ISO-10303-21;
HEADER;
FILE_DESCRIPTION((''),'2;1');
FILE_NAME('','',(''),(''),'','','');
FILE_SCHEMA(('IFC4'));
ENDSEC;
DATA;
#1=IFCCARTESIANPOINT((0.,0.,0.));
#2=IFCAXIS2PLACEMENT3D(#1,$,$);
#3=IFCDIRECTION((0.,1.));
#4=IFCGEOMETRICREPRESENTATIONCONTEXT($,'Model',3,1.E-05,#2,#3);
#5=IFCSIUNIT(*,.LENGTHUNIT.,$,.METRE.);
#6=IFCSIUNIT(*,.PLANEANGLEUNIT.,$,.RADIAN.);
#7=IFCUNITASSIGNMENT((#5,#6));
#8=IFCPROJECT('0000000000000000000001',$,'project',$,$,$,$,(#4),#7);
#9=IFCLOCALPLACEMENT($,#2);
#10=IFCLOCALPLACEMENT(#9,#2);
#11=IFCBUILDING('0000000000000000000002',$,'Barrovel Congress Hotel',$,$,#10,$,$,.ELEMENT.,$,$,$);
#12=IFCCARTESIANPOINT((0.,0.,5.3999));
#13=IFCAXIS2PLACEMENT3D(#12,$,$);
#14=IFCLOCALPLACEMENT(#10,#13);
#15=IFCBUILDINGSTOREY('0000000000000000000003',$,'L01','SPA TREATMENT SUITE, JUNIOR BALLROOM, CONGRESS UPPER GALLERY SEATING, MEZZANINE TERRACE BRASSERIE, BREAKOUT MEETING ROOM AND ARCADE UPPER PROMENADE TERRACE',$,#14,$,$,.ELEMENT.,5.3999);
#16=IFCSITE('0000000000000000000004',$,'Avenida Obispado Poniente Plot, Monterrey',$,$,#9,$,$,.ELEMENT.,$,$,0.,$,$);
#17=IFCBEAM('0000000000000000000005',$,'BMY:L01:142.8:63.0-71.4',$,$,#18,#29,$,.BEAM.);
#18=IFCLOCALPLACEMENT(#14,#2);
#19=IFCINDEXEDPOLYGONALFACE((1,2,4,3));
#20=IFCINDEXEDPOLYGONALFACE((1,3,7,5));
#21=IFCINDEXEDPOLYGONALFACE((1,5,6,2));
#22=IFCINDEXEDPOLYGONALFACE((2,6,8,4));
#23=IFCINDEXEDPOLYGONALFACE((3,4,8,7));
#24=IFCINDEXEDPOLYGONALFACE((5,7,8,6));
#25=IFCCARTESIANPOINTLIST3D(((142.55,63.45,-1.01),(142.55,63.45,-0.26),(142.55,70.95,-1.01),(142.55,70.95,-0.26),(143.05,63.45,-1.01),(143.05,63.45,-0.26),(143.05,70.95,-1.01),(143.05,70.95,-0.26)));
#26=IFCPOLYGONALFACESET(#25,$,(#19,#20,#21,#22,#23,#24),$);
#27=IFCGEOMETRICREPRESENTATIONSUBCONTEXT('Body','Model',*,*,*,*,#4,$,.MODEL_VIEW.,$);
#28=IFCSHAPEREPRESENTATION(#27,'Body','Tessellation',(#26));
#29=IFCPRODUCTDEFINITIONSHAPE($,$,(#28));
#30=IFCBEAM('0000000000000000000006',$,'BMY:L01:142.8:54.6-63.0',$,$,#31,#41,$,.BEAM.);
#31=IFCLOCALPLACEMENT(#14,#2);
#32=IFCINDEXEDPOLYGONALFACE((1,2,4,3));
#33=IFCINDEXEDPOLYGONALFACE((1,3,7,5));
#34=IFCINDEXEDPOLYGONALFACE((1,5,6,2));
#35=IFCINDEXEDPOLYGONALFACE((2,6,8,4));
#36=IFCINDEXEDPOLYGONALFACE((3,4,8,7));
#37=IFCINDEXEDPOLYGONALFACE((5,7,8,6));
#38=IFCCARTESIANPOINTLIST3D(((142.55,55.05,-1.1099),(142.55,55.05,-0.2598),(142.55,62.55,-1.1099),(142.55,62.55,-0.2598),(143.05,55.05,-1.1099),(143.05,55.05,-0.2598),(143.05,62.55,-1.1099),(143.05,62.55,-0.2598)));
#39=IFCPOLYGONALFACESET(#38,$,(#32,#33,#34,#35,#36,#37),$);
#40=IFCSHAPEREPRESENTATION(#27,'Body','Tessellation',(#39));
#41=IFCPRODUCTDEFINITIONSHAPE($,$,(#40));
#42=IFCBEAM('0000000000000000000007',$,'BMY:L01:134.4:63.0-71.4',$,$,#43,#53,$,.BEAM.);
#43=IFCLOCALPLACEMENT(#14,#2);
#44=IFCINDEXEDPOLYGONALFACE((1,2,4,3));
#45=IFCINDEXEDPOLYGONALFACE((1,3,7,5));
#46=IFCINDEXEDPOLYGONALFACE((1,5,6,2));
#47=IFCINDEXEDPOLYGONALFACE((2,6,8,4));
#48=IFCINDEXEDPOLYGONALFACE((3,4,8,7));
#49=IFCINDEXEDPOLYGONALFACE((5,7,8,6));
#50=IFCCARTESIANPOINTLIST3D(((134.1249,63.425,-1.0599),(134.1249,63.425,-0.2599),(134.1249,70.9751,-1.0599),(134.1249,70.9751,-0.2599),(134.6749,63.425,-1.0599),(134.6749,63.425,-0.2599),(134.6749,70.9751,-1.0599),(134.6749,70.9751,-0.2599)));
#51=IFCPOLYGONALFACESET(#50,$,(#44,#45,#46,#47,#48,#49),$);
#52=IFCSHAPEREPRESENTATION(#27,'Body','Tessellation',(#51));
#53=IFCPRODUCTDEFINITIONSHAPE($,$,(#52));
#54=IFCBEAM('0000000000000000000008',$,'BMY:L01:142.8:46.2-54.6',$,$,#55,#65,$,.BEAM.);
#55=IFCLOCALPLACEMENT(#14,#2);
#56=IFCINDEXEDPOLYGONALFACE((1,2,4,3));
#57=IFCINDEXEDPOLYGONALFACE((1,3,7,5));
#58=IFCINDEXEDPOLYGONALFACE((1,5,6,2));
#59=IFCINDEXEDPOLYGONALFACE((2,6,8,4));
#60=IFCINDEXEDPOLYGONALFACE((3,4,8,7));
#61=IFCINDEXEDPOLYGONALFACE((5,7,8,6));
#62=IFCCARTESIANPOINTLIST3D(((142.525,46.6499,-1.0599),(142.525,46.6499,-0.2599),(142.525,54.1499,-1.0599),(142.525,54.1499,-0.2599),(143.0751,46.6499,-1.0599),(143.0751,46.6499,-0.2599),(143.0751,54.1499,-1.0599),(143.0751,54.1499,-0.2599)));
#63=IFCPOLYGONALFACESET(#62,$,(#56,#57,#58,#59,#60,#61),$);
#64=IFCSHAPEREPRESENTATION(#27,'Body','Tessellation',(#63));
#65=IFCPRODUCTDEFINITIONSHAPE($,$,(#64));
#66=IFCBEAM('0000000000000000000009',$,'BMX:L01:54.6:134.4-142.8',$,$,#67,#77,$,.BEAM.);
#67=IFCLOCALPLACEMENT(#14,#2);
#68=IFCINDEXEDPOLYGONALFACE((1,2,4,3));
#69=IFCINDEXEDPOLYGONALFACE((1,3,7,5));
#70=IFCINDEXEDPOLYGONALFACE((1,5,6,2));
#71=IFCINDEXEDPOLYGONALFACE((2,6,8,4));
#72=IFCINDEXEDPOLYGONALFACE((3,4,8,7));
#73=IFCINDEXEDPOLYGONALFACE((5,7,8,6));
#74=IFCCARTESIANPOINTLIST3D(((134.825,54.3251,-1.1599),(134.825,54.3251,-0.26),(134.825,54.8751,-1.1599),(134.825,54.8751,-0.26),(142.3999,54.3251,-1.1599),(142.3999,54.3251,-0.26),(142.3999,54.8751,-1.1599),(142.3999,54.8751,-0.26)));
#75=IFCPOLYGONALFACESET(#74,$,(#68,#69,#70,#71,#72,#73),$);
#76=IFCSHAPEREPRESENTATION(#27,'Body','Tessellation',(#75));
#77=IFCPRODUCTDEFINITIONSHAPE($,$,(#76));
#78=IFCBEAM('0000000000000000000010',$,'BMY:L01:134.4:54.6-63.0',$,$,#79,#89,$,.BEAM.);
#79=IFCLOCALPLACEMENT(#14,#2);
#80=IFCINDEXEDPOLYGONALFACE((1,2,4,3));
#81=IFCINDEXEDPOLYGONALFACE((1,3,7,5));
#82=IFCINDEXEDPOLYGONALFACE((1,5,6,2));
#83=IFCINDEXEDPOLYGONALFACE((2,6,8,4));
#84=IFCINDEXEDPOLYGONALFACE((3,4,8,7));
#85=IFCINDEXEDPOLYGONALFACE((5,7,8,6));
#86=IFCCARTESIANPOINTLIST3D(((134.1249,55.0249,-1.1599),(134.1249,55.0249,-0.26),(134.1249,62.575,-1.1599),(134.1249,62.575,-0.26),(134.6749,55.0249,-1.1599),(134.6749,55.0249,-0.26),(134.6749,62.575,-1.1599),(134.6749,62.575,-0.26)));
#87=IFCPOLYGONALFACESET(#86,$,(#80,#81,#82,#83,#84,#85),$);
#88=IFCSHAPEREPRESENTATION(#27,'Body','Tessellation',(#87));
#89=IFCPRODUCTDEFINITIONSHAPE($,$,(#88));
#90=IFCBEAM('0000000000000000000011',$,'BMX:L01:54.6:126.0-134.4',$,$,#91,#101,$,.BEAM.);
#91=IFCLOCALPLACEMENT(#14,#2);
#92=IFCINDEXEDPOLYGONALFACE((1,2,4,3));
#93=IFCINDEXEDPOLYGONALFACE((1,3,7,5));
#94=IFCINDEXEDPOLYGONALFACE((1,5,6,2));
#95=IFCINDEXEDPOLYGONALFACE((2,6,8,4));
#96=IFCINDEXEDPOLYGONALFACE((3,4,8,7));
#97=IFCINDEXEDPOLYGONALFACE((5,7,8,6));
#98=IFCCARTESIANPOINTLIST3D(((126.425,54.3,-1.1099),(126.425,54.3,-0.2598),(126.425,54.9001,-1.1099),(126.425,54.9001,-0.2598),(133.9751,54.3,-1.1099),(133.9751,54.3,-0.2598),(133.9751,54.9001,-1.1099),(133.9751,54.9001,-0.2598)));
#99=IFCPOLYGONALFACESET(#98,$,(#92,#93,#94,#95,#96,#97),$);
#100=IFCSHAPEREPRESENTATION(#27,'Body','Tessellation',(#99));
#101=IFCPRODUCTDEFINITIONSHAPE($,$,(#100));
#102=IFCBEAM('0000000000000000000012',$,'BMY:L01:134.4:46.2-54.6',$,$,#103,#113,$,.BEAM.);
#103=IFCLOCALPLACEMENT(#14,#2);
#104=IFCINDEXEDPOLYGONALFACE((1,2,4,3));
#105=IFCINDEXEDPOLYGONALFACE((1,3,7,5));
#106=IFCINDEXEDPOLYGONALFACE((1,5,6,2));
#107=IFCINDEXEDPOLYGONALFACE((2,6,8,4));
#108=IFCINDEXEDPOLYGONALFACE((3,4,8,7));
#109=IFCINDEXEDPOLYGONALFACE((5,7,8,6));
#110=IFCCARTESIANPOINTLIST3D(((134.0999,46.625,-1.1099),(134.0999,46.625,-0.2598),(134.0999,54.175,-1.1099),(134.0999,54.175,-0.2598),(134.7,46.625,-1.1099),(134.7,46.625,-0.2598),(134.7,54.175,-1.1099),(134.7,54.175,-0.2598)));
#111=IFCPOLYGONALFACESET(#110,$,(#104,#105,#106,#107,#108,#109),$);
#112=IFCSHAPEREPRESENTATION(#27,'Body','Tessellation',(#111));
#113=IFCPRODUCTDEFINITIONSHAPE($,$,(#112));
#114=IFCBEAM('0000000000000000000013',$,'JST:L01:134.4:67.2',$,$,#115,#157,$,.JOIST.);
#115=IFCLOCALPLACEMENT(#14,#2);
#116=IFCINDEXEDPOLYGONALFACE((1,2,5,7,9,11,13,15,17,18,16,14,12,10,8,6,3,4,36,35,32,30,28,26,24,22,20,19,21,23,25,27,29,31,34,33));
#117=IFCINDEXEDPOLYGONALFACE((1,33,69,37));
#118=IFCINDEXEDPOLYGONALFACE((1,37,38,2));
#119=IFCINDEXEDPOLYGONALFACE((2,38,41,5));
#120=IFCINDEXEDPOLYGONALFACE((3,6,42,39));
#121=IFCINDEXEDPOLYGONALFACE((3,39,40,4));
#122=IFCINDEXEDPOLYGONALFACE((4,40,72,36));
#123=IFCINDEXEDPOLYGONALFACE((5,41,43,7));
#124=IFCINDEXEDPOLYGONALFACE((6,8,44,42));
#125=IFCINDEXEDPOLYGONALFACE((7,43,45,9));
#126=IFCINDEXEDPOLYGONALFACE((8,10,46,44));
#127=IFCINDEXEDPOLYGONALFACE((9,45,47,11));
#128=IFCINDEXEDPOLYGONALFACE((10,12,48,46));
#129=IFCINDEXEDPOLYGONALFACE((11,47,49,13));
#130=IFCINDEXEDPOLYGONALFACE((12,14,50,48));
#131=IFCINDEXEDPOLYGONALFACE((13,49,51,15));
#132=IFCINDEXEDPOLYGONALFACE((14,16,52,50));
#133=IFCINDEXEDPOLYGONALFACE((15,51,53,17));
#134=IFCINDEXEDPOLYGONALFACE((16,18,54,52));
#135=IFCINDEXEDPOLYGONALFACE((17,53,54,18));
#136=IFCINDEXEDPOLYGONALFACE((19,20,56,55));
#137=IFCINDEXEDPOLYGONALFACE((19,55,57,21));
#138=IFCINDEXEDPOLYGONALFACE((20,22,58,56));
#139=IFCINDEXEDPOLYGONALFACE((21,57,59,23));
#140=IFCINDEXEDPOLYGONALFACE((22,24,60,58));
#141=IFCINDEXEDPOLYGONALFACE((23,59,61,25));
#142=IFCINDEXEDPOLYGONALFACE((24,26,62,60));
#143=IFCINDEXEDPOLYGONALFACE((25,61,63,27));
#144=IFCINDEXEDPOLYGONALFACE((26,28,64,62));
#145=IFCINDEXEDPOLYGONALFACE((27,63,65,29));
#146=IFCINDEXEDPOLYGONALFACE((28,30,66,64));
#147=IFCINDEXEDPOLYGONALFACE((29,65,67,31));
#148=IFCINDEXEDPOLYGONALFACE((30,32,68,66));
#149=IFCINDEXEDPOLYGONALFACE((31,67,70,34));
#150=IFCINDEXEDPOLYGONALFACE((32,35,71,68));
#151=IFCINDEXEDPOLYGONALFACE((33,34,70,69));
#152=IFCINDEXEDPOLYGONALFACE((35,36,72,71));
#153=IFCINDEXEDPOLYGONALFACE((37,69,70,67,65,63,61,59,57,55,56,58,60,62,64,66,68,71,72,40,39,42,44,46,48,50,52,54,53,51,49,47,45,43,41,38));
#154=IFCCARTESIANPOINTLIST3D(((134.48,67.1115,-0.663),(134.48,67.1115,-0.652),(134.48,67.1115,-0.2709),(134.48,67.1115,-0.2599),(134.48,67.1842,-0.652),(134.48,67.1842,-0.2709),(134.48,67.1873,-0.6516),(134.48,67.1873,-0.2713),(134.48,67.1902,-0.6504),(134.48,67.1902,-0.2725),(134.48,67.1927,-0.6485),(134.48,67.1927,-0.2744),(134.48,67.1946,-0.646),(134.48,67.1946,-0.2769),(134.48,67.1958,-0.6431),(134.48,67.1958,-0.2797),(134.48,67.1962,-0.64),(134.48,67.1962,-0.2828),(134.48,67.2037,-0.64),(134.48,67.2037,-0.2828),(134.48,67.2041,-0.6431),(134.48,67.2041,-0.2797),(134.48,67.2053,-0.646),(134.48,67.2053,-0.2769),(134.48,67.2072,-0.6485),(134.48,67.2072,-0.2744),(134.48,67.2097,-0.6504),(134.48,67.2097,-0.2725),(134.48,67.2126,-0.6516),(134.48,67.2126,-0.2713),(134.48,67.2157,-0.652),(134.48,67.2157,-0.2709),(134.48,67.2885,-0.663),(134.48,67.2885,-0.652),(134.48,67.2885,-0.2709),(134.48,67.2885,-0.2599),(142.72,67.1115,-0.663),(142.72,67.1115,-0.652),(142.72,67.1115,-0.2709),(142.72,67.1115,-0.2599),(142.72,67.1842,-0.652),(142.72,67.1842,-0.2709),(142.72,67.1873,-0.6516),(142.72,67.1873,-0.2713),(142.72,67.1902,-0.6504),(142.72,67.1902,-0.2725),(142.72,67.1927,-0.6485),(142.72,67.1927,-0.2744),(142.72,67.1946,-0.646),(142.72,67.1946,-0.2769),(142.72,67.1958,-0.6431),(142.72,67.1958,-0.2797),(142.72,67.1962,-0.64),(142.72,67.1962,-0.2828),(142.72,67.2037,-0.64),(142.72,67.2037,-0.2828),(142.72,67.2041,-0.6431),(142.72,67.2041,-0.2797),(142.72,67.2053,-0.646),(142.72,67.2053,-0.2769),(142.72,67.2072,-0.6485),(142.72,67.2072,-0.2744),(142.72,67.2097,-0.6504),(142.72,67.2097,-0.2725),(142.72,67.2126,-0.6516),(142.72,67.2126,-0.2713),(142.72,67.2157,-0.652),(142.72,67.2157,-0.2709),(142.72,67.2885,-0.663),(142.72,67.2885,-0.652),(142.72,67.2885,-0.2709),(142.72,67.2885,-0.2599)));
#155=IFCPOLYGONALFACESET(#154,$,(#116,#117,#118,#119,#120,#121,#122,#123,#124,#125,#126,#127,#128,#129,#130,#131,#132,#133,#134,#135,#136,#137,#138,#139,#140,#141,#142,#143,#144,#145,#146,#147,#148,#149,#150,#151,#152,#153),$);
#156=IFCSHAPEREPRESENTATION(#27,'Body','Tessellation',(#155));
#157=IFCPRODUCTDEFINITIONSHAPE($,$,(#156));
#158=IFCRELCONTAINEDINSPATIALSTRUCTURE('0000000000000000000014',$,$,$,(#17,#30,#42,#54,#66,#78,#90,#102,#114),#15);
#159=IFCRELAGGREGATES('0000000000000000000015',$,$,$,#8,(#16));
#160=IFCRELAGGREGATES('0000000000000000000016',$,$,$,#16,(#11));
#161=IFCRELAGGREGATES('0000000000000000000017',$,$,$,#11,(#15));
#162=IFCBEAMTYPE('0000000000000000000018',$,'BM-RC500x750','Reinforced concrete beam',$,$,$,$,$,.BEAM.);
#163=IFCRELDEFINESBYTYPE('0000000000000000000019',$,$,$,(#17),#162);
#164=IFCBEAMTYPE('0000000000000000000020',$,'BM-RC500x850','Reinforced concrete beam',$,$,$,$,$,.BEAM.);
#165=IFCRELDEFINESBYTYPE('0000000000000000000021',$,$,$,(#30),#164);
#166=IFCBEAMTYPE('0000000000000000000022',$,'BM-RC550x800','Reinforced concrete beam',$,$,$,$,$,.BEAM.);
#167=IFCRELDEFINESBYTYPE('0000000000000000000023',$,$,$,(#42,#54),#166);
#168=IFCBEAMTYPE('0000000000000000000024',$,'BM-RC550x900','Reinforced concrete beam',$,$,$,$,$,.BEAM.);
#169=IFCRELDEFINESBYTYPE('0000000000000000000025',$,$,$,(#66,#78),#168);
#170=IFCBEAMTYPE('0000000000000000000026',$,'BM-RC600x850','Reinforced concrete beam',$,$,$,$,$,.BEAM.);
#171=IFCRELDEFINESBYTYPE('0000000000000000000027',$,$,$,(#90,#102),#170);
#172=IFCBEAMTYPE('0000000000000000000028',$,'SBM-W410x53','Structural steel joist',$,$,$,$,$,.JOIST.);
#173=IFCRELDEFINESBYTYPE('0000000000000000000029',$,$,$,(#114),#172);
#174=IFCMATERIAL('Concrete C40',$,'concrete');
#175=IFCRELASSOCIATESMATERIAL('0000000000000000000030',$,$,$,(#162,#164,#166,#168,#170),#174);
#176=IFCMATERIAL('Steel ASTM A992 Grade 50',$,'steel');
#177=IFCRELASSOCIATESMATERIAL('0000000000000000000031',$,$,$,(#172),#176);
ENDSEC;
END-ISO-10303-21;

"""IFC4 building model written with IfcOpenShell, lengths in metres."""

from ifc_helpers import new_model, si_unit, direction, frame, origin, origin_2d, place, context, subcontext, project, spatial, rectangle, i_section, extrude, material, material_profile, profile_set, type_object, element, save


model = new_model("IFC4")

# Units and contexts
model_context = context("Model", 3, precision=1e-05, world=origin(), true_north=direction((0.0, 1.0)))
body_context = subcontext(model_context, "Body", "Model", "MODEL_VIEW")
ifc_project = project(units=[si_unit("LENGTHUNIT", "METRE"), si_unit("PLANEANGLEUNIT", "RADIAN")], contexts=[model_context])

# Site, building, storey
site_placement = place(None, origin())
site = spatial("IfcSite", under=ifc_project, at=site_placement, Name="Avenida Obispado Poniente Plot, Monterrey", CompositionType="ELEMENT", RefElevation=0.0)
building_placement = place(site_placement, origin())
building = spatial("IfcBuilding", under=site, at=building_placement, Name="Barrovel Congress Hotel", CompositionType="ELEMENT")
storey_placement = place(building_placement, frame((0.0, 0.0, 5.3999)))
storey = spatial("IfcBuildingStorey", under=building, at=storey_placement, Name="L01", Description="SPA TREATMENT SUITE, JUNIOR BALLROOM, CONGRESS UPPER GALLERY SEATING, MEZZANINE TERRACE BRASSERIE, BREAKOUT MEETING ROOM AND ARCADE UPPER PROMENADE TERRACE", CompositionType="ELEMENT", Elevation=5.3999)

# Shared definitions
ifc_material_1 = material(Name="Concrete C40", Category="concrete")

# Beams
ifc_material_profile_1 = material_profile(ifc_material_1, rectangle(XDim=0.5, YDim=0.75, at=origin_2d()), Name="RC500x750")
ifc_profile_set_1 = profile_set([ifc_material_profile_1], Name="Concrete C40")
beam_type_1 = type_object("IfcBeamType", Name="BM-RC500x750", Description="Reinforced concrete beam", PredefinedType="BEAM", material=ifc_profile_set_1)
beam_1_placement = place(storey_placement, frame((142.8, 63.45, -0.635), z_axis=(0.0, 1.0, 0.0), x_axis=(-1.0, 0.0, 0.0)))
element("IfcBeam", 1, at=beam_1_placement, inside=storey, type_object=beam_type_1, Name="BMY:L01:142.8:63.0-71.4", PredefinedType="BEAM", context=body_context, shape_type="SweptSolid", body=[
    extrude(rectangle(XDim=0.5, YDim=0.75, at=origin_2d()), origin(), (0.0, 0.0, 1.0), 7.5),
])
ifc_material_profile_2 = material_profile(ifc_material_1, rectangle(XDim=0.5, YDim=0.8501, at=origin_2d()), Name="RC500x850")
ifc_profile_set_2 = profile_set([ifc_material_profile_2], Name="Concrete C40")
beam_type_2 = type_object("IfcBeamType", Name="BM-RC500x850", Description="Reinforced concrete beam", PredefinedType="BEAM", material=ifc_profile_set_2)
beam_2_placement = place(storey_placement, frame((142.8, 55.05, -0.6848), z_axis=(0.0, 1.0, 0.0), x_axis=(-1.0, 0.0, 0.0)))
element("IfcBeam", 2, at=beam_2_placement, inside=storey, type_object=beam_type_2, Name="BMY:L01:142.8:54.6-63.0", PredefinedType="BEAM", context=body_context, shape_type="SweptSolid", body=[
    extrude(rectangle(XDim=0.5, YDim=0.8501, at=origin_2d()), origin(), (0.0, 0.0, 1.0), 7.5),
])
ifc_material_profile_3 = material_profile(ifc_material_1, rectangle(XDim=0.55, YDim=0.8, at=origin_2d()), Name="RC550x800")
ifc_profile_set_3 = profile_set([ifc_material_profile_3], Name="Concrete C40")
beam_type_3 = type_object("IfcBeamType", Name="BM-RC550x800", Description="Reinforced concrete beam", PredefinedType="BEAM", material=ifc_profile_set_3)
beam_3_placement = place(storey_placement, frame((134.3999, 63.425, -0.6599), z_axis=(0.0, 1.0, 0.0), x_axis=(-1.0, 0.0, 0.0)))
element("IfcBeam", 3, at=beam_3_placement, inside=storey, type_object=beam_type_3, Name="BMY:L01:134.4:63.0-71.4", PredefinedType="BEAM", context=body_context, shape_type="SweptSolid", body=[
    extrude(rectangle(XDim=0.55, YDim=0.8, at=origin_2d()), origin(), (0.0, 0.0, 1.0), 7.55),
])
beam_4_placement = place(storey_placement, frame((142.8, 46.6499, -0.6599), z_axis=(0.0, 1.0, 0.0), x_axis=(-1.0, 0.0, 0.0)))
element("IfcBeam", 4, at=beam_4_placement, inside=storey, type_object=beam_type_3, Name="BMY:L01:142.8:46.2-54.6", PredefinedType="BEAM", context=body_context, shape_type="SweptSolid", body=[
    extrude(rectangle(XDim=0.55, YDim=0.8, at=origin_2d()), origin(), (0.0, 0.0, 1.0), 7.5),
])
ifc_material_profile_4 = material_profile(ifc_material_1, rectangle(XDim=0.55, YDim=0.8999, at=origin_2d()), Name="RC550x900")
ifc_profile_set_4 = profile_set([ifc_material_profile_4], Name="Concrete C40")
beam_type_4 = type_object("IfcBeamType", Name="BM-RC550x900", Description="Reinforced concrete beam", PredefinedType="BEAM", material=ifc_profile_set_4)
beam_5_placement = place(storey_placement, frame((134.825, 54.6001, -0.71), z_axis=(1.0, 0.0, 0.0), x_axis=(0.0, 1.0, 0.0)))
element("IfcBeam", 5, at=beam_5_placement, inside=storey, type_object=beam_type_4, Name="BMX:L01:54.6:134.4-142.8", PredefinedType="BEAM", context=body_context, shape_type="SweptSolid", body=[
    extrude(rectangle(XDim=0.55, YDim=0.8999, at=origin_2d()), origin(), (0.0, 0.0, 1.0), 7.575),
])
beam_6_placement = place(storey_placement, frame((134.3999, 55.0249, -0.71), z_axis=(0.0, 1.0, 0.0), x_axis=(-1.0, 0.0, 0.0)))
element("IfcBeam", 6, at=beam_6_placement, inside=storey, type_object=beam_type_4, Name="BMY:L01:134.4:54.6-63.0", PredefinedType="BEAM", context=body_context, shape_type="SweptSolid", body=[
    extrude(rectangle(XDim=0.55, YDim=0.8999, at=origin_2d()), origin(), (0.0, 0.0, 1.0), 7.55),
])
ifc_material_profile_5 = material_profile(ifc_material_1, rectangle(XDim=0.6001, YDim=0.8501, at=origin_2d()), Name="RC600x850")
ifc_profile_set_5 = profile_set([ifc_material_profile_5], Name="Concrete C40")
beam_type_5 = type_object("IfcBeamType", Name="BM-RC600x850", Description="Reinforced concrete beam", PredefinedType="BEAM", material=ifc_profile_set_5)
for number, where, z_axis, x_axis, name in (
    (7, (126.425, 54.6001, -0.6848), (1.0, 0.0, 0.0), (0.0, 1.0, 0.0), "BMX:L01:54.6:126.0-134.4"),
    (8, (134.3999, 46.625, -0.6848), (0.0, 1.0, 0.0), (-1.0, 0.0, 0.0), "BMY:L01:134.4:46.2-54.6"),
):
    element("IfcBeam", number, at=place(storey_placement, frame(where, z_axis=z_axis, x_axis=x_axis)), inside=storey, type_object=beam_type_5, Name=name, PredefinedType="BEAM", context=body_context, shape_type="SweptSolid", body=[
        extrude(rectangle(XDim=0.6001, YDim=0.8501, at=origin_2d()), origin(), (0.0, 0.0, 1.0), 7.55),
    ])
ifc_material_2 = material(Name="Steel ASTM A992 Grade 50", Category="steel")
ifc_material_profile_6 = material_profile(ifc_material_2, i_section(OverallWidth=0.177, OverallDepth=0.4031, WebThickness=0.0076, FlangeThickness=0.011, FilletRadius=0.012, at=origin_2d()), Name="W410x53")
ifc_profile_set_6 = profile_set([ifc_material_profile_6], Name="Steel ASTM A992 Grade 50")
beam_type_6 = type_object("IfcBeamType", Name="SBM-W410x53", Description="Structural steel joist", PredefinedType="JOIST", material=ifc_profile_set_6)
beam_7_placement = place(storey_placement, frame((134.48, 67.2, -0.4614), z_axis=(1.0, 0.0, 0.0), x_axis=(0.0, 1.0, 0.0)))
element("IfcBeam", 9, at=beam_7_placement, inside=storey, type_object=beam_type_6, Name="JST:L01:134.4:67.2", PredefinedType="JOIST", context=body_context, shape_type="SweptSolid", body=[
    extrude(i_section(OverallWidth=0.177, OverallDepth=0.4031, WebThickness=0.0076, FlangeThickness=0.011, FilletRadius=0.012, at=origin_2d()), origin(), (0.0, 0.0, 1.0), 8.24),
])

save(model, "model.ifc")
